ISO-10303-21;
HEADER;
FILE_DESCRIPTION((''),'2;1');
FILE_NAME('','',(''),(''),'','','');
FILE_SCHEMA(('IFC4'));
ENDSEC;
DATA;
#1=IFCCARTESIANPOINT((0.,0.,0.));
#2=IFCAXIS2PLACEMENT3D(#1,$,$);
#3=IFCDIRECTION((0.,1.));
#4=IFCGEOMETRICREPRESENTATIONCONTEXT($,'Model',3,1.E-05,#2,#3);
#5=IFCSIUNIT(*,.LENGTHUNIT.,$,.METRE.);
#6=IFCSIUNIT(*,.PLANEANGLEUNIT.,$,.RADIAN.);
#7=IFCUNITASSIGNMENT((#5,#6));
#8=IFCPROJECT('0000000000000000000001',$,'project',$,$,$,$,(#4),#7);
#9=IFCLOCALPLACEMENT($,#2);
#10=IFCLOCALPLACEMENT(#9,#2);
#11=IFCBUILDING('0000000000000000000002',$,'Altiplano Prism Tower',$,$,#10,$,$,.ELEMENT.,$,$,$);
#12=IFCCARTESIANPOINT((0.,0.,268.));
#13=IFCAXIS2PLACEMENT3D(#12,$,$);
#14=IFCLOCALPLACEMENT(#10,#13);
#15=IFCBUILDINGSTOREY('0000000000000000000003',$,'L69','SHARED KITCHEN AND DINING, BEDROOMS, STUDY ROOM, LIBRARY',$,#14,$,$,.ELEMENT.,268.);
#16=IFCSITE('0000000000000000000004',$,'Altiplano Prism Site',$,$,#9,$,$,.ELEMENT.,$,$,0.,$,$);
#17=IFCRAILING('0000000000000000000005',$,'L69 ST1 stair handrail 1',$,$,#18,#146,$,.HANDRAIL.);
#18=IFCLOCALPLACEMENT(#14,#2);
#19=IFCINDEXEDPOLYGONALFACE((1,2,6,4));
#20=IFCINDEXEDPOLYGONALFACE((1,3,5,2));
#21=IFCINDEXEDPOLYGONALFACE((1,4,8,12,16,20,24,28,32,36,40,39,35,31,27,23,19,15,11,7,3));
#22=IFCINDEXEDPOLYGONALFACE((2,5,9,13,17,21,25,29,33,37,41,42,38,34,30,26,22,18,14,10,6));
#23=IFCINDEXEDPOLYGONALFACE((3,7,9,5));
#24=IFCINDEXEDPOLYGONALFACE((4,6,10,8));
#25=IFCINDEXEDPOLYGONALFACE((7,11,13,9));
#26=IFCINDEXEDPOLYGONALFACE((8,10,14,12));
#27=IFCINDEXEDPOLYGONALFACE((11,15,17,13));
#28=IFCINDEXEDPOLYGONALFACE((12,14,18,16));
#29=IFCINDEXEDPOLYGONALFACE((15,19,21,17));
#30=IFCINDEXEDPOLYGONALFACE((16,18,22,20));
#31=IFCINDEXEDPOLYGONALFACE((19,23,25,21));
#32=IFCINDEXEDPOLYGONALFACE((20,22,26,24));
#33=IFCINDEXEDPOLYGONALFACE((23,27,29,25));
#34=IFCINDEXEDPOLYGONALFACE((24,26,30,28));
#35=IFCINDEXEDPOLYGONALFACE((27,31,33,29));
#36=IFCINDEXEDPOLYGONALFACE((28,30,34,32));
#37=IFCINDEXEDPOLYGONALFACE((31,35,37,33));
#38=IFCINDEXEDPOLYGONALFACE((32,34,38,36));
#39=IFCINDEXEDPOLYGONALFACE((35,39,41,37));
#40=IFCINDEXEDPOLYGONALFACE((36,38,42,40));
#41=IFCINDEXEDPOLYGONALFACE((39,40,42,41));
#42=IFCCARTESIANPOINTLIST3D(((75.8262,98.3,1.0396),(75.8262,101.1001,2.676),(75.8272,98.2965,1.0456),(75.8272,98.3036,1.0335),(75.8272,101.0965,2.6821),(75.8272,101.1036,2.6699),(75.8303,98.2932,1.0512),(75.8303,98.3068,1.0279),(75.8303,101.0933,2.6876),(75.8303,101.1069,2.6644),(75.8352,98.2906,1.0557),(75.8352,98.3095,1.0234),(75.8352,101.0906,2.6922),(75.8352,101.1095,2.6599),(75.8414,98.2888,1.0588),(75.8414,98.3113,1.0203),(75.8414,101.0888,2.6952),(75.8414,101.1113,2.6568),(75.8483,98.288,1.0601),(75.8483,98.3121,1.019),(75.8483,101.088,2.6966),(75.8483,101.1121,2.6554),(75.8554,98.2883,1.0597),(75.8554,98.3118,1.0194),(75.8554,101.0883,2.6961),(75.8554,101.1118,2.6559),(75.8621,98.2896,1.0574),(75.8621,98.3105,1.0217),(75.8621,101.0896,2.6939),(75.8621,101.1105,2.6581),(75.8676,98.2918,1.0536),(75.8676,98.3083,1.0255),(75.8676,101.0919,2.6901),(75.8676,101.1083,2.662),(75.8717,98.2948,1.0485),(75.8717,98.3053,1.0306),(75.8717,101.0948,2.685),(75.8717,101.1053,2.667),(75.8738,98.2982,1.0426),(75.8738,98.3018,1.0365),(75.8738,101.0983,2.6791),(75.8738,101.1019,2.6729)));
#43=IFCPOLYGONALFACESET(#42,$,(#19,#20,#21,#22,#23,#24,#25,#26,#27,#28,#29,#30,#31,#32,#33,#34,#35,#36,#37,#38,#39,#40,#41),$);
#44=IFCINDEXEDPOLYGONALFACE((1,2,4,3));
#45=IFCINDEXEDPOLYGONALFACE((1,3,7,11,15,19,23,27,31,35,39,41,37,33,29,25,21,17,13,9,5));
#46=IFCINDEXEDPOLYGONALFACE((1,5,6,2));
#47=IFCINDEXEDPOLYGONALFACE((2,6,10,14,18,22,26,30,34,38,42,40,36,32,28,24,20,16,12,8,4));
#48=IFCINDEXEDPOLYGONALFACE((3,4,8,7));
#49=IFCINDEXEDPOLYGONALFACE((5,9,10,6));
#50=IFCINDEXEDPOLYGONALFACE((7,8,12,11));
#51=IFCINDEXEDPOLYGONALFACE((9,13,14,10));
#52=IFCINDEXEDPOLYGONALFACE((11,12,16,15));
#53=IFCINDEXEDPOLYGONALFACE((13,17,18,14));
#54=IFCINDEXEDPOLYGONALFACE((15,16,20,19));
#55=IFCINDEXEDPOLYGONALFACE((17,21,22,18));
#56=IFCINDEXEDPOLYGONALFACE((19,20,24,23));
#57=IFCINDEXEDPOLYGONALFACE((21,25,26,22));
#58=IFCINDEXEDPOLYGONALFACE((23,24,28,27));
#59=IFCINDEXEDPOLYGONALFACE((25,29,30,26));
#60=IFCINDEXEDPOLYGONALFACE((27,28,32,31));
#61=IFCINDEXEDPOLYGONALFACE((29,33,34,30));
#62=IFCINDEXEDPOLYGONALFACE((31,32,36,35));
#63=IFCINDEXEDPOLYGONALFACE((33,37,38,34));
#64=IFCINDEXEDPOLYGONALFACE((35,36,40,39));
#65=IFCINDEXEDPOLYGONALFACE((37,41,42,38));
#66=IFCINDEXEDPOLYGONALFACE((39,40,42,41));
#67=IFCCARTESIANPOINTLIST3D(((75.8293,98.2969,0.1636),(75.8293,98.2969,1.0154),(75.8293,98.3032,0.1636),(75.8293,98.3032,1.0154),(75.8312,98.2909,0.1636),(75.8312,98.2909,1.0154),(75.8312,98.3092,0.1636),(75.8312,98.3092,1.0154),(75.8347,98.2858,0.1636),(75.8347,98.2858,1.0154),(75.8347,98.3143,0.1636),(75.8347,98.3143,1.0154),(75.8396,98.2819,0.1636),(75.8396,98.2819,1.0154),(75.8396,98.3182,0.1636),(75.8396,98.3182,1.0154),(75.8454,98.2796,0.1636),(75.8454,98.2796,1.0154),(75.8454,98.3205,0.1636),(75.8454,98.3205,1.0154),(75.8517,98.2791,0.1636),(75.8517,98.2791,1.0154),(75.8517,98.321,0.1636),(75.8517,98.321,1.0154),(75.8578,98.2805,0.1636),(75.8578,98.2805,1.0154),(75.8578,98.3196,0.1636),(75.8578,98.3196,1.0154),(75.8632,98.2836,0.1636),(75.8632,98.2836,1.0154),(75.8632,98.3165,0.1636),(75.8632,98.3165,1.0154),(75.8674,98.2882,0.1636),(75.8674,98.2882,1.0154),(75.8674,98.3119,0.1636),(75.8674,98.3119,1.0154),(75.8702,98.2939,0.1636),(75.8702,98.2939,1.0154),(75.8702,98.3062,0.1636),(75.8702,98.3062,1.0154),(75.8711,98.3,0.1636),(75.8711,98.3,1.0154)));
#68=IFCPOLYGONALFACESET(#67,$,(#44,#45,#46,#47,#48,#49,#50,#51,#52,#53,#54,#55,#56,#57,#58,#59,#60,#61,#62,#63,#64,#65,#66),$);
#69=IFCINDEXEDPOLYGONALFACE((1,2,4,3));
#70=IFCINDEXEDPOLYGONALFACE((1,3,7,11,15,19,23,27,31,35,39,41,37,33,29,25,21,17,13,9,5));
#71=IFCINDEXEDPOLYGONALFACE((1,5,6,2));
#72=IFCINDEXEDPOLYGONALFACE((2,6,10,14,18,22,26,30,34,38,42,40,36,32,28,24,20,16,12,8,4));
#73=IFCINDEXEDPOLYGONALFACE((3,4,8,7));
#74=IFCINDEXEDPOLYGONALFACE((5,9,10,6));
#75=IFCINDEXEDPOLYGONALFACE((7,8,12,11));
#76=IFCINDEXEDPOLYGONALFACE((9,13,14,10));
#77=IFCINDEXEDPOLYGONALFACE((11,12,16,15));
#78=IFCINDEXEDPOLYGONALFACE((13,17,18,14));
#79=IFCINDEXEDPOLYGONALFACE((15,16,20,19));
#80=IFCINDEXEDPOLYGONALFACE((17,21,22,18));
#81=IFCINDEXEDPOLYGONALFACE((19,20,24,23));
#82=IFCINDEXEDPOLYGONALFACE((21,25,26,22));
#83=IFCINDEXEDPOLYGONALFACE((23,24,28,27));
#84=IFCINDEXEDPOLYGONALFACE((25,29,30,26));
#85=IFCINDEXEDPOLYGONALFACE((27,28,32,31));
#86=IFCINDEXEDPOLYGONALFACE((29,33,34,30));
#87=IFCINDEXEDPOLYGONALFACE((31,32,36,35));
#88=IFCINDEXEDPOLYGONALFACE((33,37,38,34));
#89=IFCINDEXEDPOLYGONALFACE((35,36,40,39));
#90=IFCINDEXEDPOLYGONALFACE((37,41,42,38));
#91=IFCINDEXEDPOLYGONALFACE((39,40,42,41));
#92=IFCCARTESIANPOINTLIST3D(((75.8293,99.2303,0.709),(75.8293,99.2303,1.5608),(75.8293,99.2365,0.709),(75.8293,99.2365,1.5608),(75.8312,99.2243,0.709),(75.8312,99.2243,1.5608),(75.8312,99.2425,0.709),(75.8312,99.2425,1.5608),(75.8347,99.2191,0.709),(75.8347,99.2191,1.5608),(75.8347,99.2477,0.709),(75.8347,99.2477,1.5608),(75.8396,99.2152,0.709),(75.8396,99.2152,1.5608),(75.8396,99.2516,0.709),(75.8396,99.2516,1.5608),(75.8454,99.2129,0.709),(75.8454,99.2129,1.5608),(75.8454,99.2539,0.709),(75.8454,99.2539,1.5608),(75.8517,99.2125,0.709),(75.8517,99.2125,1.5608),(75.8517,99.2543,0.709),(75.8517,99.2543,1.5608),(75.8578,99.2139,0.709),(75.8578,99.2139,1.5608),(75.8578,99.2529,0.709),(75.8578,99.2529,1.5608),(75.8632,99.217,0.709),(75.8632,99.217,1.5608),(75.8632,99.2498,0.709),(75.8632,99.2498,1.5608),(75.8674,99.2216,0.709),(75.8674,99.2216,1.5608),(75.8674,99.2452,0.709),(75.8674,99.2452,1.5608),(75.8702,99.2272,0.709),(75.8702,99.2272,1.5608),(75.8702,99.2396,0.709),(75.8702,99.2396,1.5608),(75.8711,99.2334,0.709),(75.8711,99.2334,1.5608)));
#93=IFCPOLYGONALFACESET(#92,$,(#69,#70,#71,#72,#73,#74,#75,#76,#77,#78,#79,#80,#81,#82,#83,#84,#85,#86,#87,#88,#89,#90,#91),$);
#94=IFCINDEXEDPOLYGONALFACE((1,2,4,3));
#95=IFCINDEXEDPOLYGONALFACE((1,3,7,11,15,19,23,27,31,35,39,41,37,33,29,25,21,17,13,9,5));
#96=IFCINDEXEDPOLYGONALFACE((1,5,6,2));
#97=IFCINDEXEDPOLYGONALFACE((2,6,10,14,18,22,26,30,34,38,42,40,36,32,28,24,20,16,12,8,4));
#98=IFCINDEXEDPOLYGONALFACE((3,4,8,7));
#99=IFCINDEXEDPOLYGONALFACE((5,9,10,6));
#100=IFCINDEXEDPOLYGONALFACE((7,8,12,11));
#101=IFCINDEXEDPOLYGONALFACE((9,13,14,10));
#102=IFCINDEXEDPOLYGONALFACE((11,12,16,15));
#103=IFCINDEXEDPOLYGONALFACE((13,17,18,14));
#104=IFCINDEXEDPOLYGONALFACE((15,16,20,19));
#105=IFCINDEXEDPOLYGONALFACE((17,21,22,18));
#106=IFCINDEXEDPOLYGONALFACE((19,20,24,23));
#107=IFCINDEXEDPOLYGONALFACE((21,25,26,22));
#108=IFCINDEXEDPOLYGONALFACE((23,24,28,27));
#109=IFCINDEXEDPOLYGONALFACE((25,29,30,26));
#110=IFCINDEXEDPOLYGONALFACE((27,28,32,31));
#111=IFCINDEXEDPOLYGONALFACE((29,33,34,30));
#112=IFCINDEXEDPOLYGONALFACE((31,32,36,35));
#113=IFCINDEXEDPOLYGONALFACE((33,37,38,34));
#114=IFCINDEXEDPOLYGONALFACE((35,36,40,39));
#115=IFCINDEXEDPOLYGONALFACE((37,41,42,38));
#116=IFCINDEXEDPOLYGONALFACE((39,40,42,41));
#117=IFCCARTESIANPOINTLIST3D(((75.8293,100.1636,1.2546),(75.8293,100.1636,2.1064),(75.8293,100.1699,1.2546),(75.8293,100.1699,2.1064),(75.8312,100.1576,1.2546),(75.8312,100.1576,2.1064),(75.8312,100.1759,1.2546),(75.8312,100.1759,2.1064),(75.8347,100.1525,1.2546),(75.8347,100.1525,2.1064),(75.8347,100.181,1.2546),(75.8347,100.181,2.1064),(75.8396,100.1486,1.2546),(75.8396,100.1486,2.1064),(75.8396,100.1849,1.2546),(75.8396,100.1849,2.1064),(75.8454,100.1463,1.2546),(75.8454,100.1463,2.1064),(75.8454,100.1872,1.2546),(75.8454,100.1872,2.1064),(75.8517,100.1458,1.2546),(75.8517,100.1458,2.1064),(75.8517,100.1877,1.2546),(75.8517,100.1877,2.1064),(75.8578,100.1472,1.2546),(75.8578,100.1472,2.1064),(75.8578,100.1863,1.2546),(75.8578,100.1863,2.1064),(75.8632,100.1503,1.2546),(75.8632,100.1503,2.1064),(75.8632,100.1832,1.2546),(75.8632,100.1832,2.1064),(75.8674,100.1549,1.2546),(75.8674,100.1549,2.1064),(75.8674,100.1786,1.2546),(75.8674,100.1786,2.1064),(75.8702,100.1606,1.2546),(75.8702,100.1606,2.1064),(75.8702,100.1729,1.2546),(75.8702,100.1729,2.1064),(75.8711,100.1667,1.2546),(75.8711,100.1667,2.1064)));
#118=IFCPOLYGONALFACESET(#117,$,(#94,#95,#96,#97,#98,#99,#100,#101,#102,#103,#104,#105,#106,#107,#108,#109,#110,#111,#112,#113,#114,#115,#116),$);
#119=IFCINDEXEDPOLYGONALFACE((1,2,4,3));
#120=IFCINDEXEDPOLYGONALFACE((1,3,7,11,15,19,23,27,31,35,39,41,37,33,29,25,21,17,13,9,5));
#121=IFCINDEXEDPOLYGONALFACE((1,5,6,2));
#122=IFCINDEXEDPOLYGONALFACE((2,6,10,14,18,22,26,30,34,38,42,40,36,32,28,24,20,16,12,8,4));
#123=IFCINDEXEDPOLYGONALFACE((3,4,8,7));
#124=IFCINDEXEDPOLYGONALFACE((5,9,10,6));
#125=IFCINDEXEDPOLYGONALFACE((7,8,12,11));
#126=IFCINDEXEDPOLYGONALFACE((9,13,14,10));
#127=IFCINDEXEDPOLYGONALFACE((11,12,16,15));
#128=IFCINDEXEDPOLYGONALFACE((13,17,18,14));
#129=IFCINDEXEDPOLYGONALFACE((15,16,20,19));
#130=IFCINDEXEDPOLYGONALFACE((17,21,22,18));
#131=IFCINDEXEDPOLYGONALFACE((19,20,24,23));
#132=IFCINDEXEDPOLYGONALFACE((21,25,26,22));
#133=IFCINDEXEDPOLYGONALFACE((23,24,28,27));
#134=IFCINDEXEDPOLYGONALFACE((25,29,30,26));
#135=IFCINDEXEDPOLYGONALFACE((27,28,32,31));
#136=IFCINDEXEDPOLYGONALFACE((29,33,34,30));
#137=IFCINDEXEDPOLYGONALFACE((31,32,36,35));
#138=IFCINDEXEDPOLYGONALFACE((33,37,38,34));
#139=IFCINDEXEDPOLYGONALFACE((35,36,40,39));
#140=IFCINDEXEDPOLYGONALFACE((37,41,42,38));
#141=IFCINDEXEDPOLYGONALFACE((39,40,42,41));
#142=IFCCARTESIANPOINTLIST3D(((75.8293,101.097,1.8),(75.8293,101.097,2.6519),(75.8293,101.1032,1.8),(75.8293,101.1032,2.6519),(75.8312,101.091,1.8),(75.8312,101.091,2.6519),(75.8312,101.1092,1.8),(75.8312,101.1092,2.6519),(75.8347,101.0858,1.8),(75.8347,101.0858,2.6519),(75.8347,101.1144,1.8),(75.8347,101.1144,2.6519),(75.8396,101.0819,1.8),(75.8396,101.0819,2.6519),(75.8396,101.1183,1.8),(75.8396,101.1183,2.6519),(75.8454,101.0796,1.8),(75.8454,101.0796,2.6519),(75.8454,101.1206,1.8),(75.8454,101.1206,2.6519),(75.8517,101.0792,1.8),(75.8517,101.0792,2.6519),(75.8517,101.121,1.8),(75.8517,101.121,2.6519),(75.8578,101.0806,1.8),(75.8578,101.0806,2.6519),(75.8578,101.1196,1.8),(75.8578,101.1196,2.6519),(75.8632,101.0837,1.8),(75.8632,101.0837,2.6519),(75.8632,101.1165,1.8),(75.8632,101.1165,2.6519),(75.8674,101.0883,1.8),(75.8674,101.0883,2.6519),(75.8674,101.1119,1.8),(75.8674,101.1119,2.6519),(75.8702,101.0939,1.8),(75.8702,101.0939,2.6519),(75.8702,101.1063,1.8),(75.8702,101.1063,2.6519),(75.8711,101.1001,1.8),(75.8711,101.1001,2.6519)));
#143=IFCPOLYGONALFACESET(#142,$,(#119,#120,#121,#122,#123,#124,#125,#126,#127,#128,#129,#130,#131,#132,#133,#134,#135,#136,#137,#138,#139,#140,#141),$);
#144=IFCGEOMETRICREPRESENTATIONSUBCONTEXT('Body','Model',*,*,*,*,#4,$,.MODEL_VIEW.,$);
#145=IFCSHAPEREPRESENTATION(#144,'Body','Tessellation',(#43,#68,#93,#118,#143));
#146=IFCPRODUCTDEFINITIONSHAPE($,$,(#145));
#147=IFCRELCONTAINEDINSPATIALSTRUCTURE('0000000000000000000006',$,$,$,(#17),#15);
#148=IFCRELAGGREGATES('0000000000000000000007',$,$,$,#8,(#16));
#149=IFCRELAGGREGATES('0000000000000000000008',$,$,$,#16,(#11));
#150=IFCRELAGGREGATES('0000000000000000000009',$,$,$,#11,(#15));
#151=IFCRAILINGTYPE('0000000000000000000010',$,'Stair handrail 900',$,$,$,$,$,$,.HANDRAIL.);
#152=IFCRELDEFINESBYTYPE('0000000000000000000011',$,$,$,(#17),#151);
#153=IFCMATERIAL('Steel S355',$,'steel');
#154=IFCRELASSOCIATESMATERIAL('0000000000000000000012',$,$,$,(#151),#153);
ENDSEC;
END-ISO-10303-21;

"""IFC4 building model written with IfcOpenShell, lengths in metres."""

from ifc_helpers import new_model, si_unit, direction, frame, origin, origin_2d, place, context, subcontext, project, spatial, circle, extrude, material, type_object, element, save


model = new_model("IFC4")

# Units and contexts
model_context = context("Model", 3, precision=1e-05, world=origin(), true_north=direction((0.0, 1.0)))
body_context = subcontext(model_context, "Body", "Model", "MODEL_VIEW")
ifc_project = project(units=[si_unit("LENGTHUNIT", "METRE"), si_unit("PLANEANGLEUNIT", "RADIAN")], contexts=[model_context])

# Site, building, storey
site_placement = place(None, origin())
site = spatial("IfcSite", under=ifc_project, at=site_placement, Name="Altiplano Prism Site", CompositionType="ELEMENT", RefElevation=0.0)
building_placement = place(site_placement, origin())
building = spatial("IfcBuilding", under=site, at=building_placement, Name="Altiplano Prism Tower", CompositionType="ELEMENT")
storey_placement = place(building_placement, frame((0.0, 0.0, 268.0)))
storey = spatial("IfcBuildingStorey", under=building, at=storey_placement, Name="L69", Description="SHARED KITCHEN AND DINING, BEDROOMS, STUDY ROOM, LIBRARY", CompositionType="ELEMENT", Elevation=268.0)

# Railing
ifc_material_1 = material(Name="Steel S355", Category="steel")
railing_type_1 = type_object("IfcRailingType", Name="Stair handrail 900", PredefinedType="HANDRAIL", material=ifc_material_1)
railing_1_placement = place(storey_placement, frame((75.8501, 98.3, 0.1636)))
element("IfcRailing", 1, at=railing_1_placement, inside=storey, type_object=railing_type_1, Name="L69 ST1 stair handrail 1", PredefinedType="HANDRAIL", context=body_context, shape_type="SweptSolid", body=[
    extrude(circle(Radius=0.0239, at=origin_2d()), frame((0.0, 0.0, 0.876), z_axis=(0.0, 0.863361, 0.504587), x_axis=(-1.0, 0.0, 0.0)), (0.0, 0.0, 1.0), 3.2432),
    extrude(circle(Radius=0.021, at=origin_2d()), origin(), (0.0, 0.0, 1.0), 0.8518),
    extrude(circle(Radius=0.021, at=origin_2d()), frame((0.0, 0.9333, 0.5454)), (0.0, 0.0, 1.0), 0.8518),
    extrude(circle(Radius=0.021, at=origin_2d()), frame((0.0, 1.8667, 1.0911)), (0.0, 0.0, 1.0), 0.8518),
    extrude(circle(Radius=0.021, at=origin_2d()), frame((0.0, 2.8, 1.6365)), (0.0, 0.0, 1.0), 0.8518),
])

save(model, "model.ifc")
